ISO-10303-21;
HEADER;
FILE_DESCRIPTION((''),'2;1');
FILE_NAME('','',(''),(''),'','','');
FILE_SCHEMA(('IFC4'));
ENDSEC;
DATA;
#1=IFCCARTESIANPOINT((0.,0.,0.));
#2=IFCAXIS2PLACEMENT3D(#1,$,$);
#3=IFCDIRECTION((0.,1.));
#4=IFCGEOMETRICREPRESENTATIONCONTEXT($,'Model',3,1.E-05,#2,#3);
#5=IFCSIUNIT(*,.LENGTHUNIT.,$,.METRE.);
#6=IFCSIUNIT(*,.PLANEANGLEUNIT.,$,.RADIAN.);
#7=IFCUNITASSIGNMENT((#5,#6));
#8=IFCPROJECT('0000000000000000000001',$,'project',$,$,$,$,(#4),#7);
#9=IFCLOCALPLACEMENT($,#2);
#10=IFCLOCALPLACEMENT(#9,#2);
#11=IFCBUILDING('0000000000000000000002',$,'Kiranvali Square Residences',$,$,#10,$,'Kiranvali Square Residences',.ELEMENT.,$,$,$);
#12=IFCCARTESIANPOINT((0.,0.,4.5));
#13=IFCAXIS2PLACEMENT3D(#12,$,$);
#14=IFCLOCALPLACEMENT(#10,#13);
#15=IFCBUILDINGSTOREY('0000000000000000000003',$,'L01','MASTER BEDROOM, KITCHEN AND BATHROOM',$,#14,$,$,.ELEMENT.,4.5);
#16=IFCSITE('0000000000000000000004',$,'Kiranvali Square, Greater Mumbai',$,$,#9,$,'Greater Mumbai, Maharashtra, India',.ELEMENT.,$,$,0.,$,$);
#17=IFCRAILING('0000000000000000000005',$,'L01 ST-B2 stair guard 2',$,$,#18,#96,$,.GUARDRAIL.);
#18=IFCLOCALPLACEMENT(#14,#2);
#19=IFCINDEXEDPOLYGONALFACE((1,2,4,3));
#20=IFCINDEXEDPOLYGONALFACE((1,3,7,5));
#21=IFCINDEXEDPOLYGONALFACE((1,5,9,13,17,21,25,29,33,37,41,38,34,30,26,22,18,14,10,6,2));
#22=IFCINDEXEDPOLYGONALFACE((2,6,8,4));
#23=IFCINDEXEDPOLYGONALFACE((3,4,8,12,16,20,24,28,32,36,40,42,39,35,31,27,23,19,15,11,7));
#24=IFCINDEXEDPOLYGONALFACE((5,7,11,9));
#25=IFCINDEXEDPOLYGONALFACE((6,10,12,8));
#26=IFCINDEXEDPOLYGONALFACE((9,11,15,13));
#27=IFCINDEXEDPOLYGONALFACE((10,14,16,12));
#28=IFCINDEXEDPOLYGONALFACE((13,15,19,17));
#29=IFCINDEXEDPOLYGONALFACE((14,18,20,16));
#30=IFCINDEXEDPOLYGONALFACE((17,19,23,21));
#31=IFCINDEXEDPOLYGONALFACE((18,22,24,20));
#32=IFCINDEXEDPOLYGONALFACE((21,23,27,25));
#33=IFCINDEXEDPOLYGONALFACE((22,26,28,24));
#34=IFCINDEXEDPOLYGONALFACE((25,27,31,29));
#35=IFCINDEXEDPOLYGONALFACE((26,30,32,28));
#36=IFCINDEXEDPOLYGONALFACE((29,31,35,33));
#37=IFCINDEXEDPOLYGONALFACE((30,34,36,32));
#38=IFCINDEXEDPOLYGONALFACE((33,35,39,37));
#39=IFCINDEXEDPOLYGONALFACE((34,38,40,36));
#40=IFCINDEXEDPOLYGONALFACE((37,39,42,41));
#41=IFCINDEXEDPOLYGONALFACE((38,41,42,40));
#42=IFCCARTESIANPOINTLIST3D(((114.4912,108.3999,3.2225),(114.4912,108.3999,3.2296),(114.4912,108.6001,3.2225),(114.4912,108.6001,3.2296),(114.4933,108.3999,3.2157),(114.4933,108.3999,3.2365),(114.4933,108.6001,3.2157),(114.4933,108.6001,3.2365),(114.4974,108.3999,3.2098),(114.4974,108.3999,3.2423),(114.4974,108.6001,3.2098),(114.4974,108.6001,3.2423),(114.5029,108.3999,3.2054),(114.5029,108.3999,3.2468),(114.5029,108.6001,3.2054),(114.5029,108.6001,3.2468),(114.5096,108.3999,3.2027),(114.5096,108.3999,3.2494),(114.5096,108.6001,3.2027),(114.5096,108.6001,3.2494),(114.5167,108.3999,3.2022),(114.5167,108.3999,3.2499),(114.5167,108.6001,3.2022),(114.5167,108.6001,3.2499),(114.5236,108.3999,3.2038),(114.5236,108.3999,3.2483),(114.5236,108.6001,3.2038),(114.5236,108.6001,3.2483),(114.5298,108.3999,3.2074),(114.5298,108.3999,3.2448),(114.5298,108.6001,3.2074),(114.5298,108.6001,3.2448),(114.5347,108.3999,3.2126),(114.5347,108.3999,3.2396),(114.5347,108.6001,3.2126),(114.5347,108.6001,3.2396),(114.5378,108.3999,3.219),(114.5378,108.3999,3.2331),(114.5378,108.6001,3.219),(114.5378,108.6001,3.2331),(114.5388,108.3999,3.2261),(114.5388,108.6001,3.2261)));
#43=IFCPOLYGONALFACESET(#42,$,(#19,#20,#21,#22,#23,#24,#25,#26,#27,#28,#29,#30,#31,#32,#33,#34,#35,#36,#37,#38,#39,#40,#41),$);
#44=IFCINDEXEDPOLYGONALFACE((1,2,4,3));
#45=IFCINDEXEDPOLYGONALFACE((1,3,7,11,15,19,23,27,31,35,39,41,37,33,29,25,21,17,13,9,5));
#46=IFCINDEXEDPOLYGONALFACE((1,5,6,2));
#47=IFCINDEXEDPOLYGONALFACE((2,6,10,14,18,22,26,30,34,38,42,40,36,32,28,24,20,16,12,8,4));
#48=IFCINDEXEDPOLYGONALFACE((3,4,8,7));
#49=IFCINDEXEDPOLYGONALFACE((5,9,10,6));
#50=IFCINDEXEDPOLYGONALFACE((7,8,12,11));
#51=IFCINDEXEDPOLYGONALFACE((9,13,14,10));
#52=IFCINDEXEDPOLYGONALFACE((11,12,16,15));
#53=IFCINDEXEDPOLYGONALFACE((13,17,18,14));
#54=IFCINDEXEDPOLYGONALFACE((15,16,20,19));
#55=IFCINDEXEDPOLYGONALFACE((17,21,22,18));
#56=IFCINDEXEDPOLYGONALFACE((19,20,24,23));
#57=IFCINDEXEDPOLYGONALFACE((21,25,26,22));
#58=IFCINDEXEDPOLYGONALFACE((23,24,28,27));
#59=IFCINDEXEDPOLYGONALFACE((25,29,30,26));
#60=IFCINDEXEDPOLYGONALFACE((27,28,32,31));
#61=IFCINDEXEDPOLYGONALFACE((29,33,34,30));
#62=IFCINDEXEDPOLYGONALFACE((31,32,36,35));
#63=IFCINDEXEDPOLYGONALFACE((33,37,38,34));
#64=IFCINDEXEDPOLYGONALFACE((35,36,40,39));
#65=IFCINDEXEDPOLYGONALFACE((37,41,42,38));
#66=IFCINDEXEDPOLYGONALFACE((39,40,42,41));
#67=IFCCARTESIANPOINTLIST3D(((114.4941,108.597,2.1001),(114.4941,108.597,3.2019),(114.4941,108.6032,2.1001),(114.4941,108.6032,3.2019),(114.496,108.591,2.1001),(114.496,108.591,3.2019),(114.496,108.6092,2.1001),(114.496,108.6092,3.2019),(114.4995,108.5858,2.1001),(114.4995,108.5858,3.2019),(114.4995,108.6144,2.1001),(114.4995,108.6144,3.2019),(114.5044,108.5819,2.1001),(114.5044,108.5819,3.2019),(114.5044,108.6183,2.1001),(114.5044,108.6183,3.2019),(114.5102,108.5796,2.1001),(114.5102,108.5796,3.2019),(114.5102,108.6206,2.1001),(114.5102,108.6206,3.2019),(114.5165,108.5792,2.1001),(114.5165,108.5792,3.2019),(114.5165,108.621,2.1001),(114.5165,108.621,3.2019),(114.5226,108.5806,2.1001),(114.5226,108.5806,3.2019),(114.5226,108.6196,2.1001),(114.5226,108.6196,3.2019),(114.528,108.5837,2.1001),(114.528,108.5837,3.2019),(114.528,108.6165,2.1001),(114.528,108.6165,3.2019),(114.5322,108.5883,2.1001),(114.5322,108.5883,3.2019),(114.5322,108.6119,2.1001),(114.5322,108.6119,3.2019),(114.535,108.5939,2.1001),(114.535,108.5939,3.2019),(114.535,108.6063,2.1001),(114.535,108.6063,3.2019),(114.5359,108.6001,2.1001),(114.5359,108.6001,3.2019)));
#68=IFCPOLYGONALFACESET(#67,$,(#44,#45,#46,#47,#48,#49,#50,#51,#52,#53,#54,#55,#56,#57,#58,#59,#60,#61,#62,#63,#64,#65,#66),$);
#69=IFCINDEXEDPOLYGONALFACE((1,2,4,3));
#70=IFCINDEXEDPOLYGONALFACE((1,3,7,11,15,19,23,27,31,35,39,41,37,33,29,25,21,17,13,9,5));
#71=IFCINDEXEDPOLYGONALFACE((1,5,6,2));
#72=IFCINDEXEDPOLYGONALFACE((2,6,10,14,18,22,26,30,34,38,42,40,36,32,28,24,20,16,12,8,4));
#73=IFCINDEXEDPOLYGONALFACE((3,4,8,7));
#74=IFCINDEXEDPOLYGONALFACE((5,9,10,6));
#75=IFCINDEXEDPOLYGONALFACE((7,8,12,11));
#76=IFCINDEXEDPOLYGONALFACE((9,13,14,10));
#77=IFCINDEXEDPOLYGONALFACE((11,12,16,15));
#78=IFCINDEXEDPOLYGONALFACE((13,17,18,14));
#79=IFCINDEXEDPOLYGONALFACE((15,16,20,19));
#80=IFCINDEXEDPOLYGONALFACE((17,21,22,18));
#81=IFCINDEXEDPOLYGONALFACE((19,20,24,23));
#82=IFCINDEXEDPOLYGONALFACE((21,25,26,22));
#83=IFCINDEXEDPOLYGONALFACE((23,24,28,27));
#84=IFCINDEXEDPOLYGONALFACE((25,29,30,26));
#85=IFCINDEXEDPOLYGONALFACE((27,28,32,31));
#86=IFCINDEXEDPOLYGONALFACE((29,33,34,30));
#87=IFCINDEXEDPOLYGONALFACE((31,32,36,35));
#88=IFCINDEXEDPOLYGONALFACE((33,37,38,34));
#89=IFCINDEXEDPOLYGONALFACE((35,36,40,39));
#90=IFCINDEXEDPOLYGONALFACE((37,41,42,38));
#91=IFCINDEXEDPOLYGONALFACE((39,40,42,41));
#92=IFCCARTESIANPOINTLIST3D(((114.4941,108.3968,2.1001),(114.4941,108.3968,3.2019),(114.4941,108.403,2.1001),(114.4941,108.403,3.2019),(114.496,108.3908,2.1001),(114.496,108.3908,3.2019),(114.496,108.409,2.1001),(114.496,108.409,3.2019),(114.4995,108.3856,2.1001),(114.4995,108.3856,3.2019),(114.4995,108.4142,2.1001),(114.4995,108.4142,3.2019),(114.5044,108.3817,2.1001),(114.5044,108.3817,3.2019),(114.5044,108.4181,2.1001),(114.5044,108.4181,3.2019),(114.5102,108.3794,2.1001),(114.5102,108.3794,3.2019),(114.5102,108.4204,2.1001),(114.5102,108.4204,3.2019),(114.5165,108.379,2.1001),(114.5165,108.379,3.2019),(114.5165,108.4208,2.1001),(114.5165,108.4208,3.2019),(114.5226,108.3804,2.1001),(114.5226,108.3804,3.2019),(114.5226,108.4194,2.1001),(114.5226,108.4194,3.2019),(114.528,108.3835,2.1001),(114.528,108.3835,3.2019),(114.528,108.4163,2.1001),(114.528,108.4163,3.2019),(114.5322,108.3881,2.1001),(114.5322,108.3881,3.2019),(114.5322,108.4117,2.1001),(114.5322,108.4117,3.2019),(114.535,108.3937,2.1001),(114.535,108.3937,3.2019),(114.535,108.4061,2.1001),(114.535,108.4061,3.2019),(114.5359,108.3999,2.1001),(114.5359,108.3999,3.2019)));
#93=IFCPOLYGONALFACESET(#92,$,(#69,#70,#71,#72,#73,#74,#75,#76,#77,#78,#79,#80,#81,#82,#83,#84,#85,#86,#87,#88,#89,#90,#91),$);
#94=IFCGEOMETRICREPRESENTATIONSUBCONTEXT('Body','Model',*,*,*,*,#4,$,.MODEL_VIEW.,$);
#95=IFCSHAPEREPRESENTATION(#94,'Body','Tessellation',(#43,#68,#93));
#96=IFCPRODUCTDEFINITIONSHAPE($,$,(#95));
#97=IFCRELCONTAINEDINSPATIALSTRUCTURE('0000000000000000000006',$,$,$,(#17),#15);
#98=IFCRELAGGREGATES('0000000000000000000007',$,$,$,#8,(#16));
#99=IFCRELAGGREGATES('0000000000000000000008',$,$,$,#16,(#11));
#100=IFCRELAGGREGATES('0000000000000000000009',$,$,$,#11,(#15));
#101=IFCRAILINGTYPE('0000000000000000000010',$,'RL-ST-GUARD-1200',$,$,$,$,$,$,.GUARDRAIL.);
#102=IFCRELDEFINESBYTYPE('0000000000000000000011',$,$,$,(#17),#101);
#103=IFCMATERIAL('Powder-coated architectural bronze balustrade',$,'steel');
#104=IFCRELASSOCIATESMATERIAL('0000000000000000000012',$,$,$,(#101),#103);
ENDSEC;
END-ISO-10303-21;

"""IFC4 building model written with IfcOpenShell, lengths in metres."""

from ifc_helpers import new_model, si_unit, direction, frame, origin, origin_2d, place, context, subcontext, project, spatial, circle, extrude, material, type_object, element, save


model = new_model("IFC4")

# Units and contexts
model_context = context("Model", 3, precision=1e-05, world=origin(), true_north=direction((0.0, 1.0)))
body_context = subcontext(model_context, "Body", "Model", "MODEL_VIEW")
ifc_project = project(units=[si_unit("LENGTHUNIT", "METRE"), si_unit("PLANEANGLEUNIT", "RADIAN")], contexts=[model_context])

# Site, building, storey
site_placement = place(None, origin())
site = spatial("IfcSite", under=ifc_project, at=site_placement, Name="Kiranvali Square, Greater Mumbai", LongName="Greater Mumbai, Maharashtra, India", CompositionType="ELEMENT", RefElevation=0.0)
building_placement = place(site_placement, origin())
building = spatial("IfcBuilding", under=site, at=building_placement, Name="Kiranvali Square Residences", LongName="Kiranvali Square Residences", CompositionType="ELEMENT")
storey_placement = place(building_placement, frame((0.0, 0.0, 4.5)))
storey = spatial("IfcBuildingStorey", under=building, at=storey_placement, Name="L01", Description="MASTER BEDROOM, KITCHEN AND BATHROOM", CompositionType="ELEMENT", Elevation=4.5)

# Railing
ifc_material_1 = material(Name="Powder-coated architectural bronze balustrade", Category="steel")
railing_type_1 = type_object("IfcRailingType", Name="RL-ST-GUARD-1200", PredefinedType="GUARDRAIL", material=ifc_material_1)
railing_1_placement = place(storey_placement, frame((114.5149, 108.6001, 2.1001)))
element("IfcRailing", 1, at=railing_1_placement, inside=storey, type_object=railing_type_1, Name="L01 ST-B2 stair guard 2", PredefinedType="GUARDRAIL", context=body_context, shape_type="SweptSolid", body=[
    extrude(circle(Radius=0.0239, at=origin_2d()), frame((0.0, 0.0, 1.126), z_axis=(0.0, -1.0, 0.0), x_axis=(1.0, 0.0, 0.0)), (0.0, 0.0, 1.0), 0.2002),
    extrude(circle(Radius=0.021, at=origin_2d()), origin(), (0.0, 0.0, 1.0), 1.1018),
    extrude(circle(Radius=0.021, at=origin_2d()), frame((0.0, -0.2002, 0.0)), (0.0, 0.0, 1.0), 1.1018),
])

save(model, "model.ifc")
